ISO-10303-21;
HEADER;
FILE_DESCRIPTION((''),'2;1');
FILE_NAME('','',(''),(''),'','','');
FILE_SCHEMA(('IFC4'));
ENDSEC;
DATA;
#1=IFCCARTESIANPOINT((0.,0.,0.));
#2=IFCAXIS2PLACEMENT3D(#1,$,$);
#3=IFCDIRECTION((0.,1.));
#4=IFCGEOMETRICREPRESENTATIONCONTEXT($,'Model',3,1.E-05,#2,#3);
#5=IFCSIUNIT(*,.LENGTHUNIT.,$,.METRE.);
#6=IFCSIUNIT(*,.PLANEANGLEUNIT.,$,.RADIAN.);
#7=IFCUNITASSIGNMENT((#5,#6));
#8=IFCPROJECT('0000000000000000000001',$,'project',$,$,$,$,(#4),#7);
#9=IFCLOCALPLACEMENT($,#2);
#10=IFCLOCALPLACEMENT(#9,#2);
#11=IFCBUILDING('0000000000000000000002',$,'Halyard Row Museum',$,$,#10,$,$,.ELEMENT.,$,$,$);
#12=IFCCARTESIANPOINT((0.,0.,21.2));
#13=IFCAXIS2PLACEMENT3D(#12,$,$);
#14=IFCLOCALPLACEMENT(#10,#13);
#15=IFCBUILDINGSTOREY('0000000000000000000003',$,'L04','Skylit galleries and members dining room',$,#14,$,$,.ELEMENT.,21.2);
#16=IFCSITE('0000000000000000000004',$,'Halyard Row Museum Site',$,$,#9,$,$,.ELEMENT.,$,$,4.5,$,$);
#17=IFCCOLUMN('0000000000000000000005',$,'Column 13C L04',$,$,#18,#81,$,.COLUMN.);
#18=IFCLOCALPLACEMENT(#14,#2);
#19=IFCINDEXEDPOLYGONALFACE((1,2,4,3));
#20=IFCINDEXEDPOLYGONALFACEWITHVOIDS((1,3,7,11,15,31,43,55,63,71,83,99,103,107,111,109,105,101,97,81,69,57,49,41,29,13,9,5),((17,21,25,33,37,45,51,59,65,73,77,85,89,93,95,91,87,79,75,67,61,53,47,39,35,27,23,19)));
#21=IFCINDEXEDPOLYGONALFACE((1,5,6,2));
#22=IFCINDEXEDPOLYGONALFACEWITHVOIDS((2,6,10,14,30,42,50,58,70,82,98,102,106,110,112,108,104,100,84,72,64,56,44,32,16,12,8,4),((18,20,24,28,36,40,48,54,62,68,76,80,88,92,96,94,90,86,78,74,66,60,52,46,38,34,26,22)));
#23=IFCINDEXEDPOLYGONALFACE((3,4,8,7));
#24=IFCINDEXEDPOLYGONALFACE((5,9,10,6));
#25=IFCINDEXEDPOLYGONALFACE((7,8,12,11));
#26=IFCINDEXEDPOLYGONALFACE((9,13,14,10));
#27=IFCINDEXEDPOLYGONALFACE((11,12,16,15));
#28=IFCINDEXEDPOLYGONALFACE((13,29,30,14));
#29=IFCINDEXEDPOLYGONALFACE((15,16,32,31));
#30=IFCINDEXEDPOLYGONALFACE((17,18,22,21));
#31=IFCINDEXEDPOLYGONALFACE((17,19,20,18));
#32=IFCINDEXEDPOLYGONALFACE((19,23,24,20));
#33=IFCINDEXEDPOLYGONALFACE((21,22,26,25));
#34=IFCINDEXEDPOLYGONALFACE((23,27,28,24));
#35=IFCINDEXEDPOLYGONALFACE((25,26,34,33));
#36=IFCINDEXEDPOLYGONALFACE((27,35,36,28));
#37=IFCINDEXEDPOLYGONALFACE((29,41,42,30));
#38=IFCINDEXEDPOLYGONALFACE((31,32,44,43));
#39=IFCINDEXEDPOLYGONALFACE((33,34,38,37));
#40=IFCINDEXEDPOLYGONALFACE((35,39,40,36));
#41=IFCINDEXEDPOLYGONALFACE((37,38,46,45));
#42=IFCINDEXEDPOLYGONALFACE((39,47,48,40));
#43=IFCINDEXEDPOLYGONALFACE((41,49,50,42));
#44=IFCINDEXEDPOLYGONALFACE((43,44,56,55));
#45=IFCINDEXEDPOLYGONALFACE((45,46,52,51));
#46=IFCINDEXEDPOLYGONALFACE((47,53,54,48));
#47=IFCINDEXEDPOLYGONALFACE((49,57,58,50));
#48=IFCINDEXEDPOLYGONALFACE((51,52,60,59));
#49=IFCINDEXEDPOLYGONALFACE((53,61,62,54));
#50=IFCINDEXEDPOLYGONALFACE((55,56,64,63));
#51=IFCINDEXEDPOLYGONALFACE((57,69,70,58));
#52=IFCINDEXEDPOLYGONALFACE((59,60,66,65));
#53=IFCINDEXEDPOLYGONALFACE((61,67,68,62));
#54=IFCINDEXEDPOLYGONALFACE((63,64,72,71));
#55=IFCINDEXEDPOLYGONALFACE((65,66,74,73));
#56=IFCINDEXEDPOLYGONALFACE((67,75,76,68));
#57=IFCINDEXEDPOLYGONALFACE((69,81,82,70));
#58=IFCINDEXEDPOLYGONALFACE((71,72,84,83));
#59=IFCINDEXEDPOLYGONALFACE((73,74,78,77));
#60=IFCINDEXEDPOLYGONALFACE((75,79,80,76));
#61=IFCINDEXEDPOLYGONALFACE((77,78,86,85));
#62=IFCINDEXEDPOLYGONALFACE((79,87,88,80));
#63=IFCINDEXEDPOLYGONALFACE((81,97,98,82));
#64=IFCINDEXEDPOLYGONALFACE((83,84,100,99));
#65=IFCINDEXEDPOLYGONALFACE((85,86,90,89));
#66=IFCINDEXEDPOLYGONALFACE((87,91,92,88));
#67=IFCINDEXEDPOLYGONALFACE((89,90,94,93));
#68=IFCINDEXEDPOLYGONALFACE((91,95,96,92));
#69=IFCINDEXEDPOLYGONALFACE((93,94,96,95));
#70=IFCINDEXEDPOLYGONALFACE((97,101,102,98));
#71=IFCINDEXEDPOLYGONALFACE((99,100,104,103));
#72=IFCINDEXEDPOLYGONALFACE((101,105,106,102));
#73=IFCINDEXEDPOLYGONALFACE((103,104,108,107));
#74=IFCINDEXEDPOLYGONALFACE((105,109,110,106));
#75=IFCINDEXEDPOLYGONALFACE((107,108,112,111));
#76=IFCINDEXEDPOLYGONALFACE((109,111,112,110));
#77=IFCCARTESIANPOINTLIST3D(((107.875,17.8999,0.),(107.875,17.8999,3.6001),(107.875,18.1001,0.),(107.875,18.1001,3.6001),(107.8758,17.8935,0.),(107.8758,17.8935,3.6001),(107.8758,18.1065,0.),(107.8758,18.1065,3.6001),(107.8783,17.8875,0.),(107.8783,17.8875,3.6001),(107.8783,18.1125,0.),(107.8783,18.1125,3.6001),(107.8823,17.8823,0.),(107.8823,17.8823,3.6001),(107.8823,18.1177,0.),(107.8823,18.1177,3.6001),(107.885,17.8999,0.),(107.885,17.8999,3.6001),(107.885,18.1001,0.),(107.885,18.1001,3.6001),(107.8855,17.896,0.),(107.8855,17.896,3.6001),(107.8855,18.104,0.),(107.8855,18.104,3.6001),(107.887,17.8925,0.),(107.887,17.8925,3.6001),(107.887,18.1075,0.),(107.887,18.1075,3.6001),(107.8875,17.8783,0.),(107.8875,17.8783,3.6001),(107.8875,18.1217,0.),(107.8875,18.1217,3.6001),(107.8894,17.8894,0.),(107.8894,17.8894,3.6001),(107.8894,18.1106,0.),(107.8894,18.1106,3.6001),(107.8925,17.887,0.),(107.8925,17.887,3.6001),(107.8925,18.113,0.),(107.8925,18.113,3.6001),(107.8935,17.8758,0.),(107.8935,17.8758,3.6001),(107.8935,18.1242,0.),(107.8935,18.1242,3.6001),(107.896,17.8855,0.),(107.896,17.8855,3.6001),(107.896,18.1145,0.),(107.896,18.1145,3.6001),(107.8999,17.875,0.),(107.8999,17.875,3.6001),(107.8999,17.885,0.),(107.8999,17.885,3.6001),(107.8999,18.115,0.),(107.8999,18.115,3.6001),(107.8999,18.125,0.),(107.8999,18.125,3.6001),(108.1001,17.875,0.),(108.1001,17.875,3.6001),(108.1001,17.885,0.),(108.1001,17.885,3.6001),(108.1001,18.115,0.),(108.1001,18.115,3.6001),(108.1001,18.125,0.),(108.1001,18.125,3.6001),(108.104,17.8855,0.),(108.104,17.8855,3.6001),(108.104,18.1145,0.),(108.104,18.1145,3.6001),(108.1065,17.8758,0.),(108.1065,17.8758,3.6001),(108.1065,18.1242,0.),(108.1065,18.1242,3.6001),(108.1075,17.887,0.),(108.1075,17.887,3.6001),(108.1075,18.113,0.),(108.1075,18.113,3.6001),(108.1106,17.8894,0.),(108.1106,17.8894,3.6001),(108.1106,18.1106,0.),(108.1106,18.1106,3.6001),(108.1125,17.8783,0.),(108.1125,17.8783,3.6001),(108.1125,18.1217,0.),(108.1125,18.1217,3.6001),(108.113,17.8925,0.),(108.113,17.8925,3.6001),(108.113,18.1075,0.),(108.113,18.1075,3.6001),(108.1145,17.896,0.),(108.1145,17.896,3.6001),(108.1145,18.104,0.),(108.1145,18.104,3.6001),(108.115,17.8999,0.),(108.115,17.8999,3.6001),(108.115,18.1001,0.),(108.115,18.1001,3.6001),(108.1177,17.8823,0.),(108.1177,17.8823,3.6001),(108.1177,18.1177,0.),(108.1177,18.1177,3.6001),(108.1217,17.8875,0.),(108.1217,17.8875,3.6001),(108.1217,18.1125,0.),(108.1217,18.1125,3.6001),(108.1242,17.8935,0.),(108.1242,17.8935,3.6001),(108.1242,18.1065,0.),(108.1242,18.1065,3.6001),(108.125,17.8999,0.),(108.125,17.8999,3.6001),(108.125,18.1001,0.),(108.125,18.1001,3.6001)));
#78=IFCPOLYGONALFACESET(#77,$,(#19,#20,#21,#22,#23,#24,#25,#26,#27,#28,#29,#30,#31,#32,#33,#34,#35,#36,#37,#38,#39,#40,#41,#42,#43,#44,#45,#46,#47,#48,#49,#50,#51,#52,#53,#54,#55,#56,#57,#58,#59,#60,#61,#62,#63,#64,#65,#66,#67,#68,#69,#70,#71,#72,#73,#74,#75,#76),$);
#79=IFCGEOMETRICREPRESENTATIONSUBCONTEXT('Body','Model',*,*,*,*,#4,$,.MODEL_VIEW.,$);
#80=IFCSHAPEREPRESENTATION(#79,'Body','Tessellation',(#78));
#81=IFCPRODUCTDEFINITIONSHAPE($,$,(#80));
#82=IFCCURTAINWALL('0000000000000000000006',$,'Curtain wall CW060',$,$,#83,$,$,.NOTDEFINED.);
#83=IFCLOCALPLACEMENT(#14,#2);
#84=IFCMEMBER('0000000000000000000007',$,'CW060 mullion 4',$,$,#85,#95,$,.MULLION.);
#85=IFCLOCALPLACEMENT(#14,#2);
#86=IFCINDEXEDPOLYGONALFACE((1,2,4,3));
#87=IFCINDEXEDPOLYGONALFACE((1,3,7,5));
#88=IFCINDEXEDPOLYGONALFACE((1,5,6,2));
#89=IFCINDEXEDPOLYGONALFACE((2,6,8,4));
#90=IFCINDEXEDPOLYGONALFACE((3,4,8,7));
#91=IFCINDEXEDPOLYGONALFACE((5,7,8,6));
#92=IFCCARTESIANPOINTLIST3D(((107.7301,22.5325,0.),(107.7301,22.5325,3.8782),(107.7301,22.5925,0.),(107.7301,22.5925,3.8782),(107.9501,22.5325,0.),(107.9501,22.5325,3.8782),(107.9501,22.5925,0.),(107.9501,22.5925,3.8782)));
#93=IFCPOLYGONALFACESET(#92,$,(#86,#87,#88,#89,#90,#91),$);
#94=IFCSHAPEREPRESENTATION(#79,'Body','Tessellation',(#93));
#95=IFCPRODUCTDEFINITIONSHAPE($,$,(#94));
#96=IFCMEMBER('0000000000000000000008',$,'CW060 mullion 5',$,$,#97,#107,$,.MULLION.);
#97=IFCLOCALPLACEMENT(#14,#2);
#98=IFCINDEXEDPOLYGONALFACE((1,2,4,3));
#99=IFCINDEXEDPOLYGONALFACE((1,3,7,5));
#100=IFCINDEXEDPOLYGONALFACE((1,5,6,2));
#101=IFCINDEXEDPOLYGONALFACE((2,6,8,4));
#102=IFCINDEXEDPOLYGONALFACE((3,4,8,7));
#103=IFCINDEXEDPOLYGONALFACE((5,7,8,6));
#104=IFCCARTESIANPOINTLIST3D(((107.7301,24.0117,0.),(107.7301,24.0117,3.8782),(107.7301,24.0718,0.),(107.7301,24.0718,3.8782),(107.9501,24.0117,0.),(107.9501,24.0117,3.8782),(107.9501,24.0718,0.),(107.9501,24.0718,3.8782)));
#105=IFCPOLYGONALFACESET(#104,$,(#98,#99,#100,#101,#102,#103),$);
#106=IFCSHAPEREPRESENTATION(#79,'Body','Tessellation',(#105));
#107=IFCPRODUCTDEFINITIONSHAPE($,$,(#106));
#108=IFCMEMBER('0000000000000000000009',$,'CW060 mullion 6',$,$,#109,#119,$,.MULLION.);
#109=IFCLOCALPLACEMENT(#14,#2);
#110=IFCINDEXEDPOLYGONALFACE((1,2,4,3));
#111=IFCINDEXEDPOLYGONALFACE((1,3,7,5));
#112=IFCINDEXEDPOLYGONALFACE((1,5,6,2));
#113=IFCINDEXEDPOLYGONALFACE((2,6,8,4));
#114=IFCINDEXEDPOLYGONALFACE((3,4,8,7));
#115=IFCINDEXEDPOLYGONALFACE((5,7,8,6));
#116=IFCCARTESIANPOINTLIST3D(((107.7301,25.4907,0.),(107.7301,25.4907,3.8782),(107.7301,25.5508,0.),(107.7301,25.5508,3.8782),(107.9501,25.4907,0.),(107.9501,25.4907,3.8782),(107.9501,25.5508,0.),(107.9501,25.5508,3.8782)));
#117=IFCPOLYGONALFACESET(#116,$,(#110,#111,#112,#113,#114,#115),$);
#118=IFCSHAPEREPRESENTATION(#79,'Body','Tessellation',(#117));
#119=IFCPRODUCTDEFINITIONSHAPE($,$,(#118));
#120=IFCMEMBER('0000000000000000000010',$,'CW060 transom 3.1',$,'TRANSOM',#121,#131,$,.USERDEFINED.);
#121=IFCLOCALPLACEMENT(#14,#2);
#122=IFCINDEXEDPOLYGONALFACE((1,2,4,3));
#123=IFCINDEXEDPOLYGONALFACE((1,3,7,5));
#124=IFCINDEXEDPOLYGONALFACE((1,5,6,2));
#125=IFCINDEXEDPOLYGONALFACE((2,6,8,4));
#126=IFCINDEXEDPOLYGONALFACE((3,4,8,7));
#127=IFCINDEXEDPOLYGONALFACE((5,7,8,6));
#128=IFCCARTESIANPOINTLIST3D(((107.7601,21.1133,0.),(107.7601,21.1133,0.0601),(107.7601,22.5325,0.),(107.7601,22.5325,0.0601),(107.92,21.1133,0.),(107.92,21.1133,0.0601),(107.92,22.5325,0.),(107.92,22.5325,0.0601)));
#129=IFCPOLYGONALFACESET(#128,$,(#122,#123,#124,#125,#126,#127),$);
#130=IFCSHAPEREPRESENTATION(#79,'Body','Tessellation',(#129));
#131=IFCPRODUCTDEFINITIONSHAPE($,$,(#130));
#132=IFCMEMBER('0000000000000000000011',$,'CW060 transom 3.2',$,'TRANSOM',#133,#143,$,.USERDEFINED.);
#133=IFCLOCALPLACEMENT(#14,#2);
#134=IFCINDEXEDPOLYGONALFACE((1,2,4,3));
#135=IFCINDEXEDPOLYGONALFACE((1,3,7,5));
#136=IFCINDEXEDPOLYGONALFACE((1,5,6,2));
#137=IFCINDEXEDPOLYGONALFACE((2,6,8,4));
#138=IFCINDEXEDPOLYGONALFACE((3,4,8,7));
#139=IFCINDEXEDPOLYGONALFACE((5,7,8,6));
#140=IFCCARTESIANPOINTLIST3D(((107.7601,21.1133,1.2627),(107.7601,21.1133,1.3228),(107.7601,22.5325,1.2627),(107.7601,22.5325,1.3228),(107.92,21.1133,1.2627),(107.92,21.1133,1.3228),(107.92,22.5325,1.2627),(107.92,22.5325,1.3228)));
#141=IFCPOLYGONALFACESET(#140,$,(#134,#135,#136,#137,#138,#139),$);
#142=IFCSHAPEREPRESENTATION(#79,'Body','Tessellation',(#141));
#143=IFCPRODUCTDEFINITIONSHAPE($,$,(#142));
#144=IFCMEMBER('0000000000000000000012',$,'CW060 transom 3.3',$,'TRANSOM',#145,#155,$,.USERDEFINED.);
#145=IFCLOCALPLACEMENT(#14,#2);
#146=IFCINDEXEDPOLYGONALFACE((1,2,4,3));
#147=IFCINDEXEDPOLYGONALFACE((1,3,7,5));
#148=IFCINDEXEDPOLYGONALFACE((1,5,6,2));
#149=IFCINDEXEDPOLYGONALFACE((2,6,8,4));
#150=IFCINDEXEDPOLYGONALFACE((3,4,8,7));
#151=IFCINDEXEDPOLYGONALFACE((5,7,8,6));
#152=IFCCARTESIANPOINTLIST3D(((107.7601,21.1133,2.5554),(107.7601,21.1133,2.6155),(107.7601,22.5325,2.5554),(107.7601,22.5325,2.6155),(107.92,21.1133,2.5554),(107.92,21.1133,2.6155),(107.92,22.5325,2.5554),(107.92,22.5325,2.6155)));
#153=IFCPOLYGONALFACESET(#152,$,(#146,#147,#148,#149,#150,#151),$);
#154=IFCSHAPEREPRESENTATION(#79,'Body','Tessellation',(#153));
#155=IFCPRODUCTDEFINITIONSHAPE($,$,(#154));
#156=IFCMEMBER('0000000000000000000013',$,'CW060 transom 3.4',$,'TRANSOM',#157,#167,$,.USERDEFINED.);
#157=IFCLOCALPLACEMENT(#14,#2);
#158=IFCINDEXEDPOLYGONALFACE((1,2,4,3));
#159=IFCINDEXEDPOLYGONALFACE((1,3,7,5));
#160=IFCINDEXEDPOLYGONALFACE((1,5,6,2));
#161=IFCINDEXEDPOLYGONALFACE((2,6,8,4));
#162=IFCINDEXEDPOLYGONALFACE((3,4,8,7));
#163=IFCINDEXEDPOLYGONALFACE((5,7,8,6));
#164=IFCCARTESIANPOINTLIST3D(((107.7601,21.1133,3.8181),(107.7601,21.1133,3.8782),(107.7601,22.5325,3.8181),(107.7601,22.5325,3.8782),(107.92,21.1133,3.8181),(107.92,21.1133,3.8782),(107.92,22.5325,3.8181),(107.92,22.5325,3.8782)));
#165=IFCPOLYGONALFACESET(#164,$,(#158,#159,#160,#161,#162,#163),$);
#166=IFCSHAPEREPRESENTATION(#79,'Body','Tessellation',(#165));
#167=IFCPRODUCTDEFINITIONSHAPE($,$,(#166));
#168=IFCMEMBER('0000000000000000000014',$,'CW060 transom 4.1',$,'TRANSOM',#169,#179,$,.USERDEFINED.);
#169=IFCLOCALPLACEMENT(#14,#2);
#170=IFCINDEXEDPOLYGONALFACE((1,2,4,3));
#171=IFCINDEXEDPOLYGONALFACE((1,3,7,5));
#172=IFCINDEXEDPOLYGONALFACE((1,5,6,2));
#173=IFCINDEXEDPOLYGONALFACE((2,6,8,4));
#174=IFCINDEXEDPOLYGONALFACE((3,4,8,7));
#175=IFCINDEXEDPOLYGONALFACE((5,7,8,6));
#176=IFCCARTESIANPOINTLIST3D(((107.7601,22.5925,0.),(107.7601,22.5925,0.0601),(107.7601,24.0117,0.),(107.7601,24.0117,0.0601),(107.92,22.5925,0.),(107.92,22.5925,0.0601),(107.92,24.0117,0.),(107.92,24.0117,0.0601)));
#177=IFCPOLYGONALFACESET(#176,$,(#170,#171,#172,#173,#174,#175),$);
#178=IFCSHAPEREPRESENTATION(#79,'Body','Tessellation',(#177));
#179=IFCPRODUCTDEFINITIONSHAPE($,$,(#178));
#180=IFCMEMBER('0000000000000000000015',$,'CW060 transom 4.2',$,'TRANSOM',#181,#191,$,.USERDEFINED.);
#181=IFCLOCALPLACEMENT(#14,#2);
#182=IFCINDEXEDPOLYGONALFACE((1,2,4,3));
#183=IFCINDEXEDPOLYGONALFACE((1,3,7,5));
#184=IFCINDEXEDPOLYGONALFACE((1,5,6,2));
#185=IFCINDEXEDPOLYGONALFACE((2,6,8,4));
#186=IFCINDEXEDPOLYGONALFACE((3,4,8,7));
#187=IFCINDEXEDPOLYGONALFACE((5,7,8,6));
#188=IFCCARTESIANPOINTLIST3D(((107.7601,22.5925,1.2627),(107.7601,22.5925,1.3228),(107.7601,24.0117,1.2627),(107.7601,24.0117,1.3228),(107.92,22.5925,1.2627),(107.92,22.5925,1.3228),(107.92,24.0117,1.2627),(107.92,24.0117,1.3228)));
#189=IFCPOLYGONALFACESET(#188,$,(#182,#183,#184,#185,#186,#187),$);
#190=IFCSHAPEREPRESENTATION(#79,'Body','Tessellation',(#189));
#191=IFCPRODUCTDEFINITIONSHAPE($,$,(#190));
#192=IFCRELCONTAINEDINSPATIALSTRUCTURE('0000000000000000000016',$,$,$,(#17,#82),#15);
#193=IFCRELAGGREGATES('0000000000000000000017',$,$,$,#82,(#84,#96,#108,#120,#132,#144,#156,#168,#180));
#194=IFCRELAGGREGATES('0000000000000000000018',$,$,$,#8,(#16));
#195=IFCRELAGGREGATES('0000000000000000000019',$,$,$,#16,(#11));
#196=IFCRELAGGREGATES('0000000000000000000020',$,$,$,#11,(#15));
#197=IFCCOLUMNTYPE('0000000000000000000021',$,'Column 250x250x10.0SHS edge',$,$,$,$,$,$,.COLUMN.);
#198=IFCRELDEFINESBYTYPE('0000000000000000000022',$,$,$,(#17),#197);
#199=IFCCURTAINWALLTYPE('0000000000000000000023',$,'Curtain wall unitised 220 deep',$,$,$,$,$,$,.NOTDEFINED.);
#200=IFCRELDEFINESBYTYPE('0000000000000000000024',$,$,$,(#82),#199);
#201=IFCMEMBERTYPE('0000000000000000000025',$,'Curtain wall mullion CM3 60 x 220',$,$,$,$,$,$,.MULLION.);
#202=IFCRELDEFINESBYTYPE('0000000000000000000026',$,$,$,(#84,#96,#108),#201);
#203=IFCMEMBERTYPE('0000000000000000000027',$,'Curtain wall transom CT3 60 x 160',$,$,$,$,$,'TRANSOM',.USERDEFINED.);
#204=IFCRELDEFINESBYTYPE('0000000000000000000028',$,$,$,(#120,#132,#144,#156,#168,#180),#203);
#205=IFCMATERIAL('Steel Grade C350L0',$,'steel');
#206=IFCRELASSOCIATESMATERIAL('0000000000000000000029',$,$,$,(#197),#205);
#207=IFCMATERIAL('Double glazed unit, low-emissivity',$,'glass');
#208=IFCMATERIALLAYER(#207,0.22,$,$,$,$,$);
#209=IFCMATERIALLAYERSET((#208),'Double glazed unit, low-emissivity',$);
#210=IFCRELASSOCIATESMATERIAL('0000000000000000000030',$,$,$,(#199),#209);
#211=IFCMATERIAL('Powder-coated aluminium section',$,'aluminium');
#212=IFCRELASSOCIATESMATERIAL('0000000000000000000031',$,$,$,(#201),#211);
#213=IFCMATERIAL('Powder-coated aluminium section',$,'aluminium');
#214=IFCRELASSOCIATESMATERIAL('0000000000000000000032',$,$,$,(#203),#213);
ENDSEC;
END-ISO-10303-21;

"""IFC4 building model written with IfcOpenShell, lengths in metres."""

from ifc_helpers import new_model, si_unit, direction, frame, origin, origin_2d, place, context, subcontext, project, spatial, rectangle, hollow_rectangle, extrude, material, layer, layer_set, material_profile, profile_set, type_object, element, aggregate, save


model = new_model("IFC4")

# Units and contexts
model_context = context("Model", 3, precision=1e-05, world=origin(), true_north=direction((0.0, 1.0)))
body_context = subcontext(model_context, "Body", "Model", "MODEL_VIEW")
ifc_project = project(units=[si_unit("LENGTHUNIT", "METRE"), si_unit("PLANEANGLEUNIT", "RADIAN")], contexts=[model_context])

# Site, building, storey
site_placement = place(None, origin())
site = spatial("IfcSite", under=ifc_project, at=site_placement, Name="Halyard Row Museum Site", CompositionType="ELEMENT", RefElevation=4.5)
building_placement = place(site_placement, origin())
building = spatial("IfcBuilding", under=site, at=building_placement, Name="Halyard Row Museum", CompositionType="ELEMENT")
storey_placement = place(building_placement, frame((0.0, 0.0, 21.2)))
storey = spatial("IfcBuildingStorey", under=building, at=storey_placement, Name="L04", Description="Skylit galleries and members dining room", CompositionType="ELEMENT", Elevation=21.2)

# Column
ifc_material_1 = material(Name="Steel Grade C350L0", Category="steel")
ifc_material_profile_1 = material_profile(ifc_material_1, hollow_rectangle(XDim=0.25, YDim=0.25, WallThickness=0.01, InnerFilletRadius=0.0149, OuterFilletRadius=0.0249, at=origin_2d()), Name="250x250x10.0SHS")
ifc_profile_set_1 = profile_set([ifc_material_profile_1], Name="Steel Grade C350L0")
column_type = type_object("IfcColumnType", Name="Column 250x250x10.0SHS edge", PredefinedType="COLUMN", material=ifc_profile_set_1)
column_placement = place(storey_placement, frame((108.0, 18.0, 0.0), z_axis=(0.0, 0.0, 1.0), x_axis=(1.0, 0.0, 0.0)))
element("IfcColumn", 1, at=column_placement, inside=storey, type_object=column_type, Name="Column 13C L04", PredefinedType="COLUMN", context=body_context, shape_type="SweptSolid", body=[
    extrude(hollow_rectangle(XDim=0.25, YDim=0.25, WallThickness=0.01, InnerFilletRadius=0.0149, OuterFilletRadius=0.0249, at=origin_2d()), origin(), (0.0, 0.0, 1.0), 3.6001),
])

# Curtain wall, members
ifc_material_2 = material(Name="Double glazed unit, low-emissivity", Category="glass")
ifc_layer_1 = layer(ifc_material_2, 0.22)
ifc_layer_set_1 = layer_set([ifc_layer_1], Name="Double glazed unit, low-emissivity")
curtain_wall_type = type_object("IfcCurtainWallType", Name="Curtain wall unitised 220 deep", PredefinedType="NOTDEFINED", material=ifc_layer_set_1)
curtain_wall_placement = place(storey_placement, origin())
curtain_wall = element("IfcCurtainWall", 2, at=curtain_wall_placement, inside=storey, type_object=curtain_wall_type, Name="Curtain wall CW060", PredefinedType="NOTDEFINED")
ifc_material_3 = material(Name="Powder-coated aluminium section", Category="aluminium")
ifc_material_profile_2 = material_profile(ifc_material_3, rectangle(XDim=0.22, YDim=0.0601, at=origin_2d()), Name="220x60 mullion")
ifc_profile_set_2 = profile_set([ifc_material_profile_2], Name="Powder-coated aluminium section")
member_type_1 = type_object("IfcMemberType", Name="Curtain wall mullion CM3 60 x 220", PredefinedType="MULLION", material=ifc_profile_set_2)
member_1_placement = place(storey_placement, frame((107.8401, 22.5625, 0.0), z_axis=(0.0, 0.0, 1.0), x_axis=(-1.0, 0.0, 0.0)))
member_1 = element("IfcMember", 3, at=member_1_placement, type_object=member_type_1, Name="CW060 mullion 4", PredefinedType="MULLION", context=body_context, shape_type="SweptSolid", body=[
    extrude(rectangle(XDim=0.22, YDim=0.0601, at=origin_2d()), origin(), (0.0, 0.0, 1.0), 3.8782),
])
member_2_placement = place(storey_placement, frame((107.8401, 24.0417, 0.0), z_axis=(0.0, 0.0, 1.0), x_axis=(-1.0, 0.0, 0.0)))
member_2 = element("IfcMember", 4, at=member_2_placement, type_object=member_type_1, Name="CW060 mullion 5", PredefinedType="MULLION", context=body_context, shape_type="SweptSolid", body=[
    extrude(rectangle(XDim=0.22, YDim=0.0601, at=origin_2d()), origin(), (0.0, 0.0, 1.0), 3.8782),
])
member_3_placement = place(storey_placement, frame((107.8401, 25.5208, 0.0), z_axis=(0.0, 0.0, 1.0), x_axis=(-1.0, 0.0, 0.0)))
member_3 = element("IfcMember", 5, at=member_3_placement, type_object=member_type_1, Name="CW060 mullion 6", PredefinedType="MULLION", context=body_context, shape_type="SweptSolid", body=[
    extrude(rectangle(XDim=0.22, YDim=0.0601, at=origin_2d()), origin(), (0.0, 0.0, 1.0), 3.8782),
])
ifc_material_4 = material(Name="Powder-coated aluminium section", Category="aluminium")
ifc_material_profile_3 = material_profile(ifc_material_4, rectangle(XDim=0.1599, YDim=0.0601, at=origin_2d()), Name="160x60 transom")
ifc_profile_set_3 = profile_set([ifc_material_profile_3], Name="Powder-coated aluminium section")
member_type_2 = type_object("IfcMemberType", Name="Curtain wall transom CT3 60 x 160", ElementType="TRANSOM", PredefinedType="USERDEFINED", material=ifc_profile_set_3)
member_4_placement = place(storey_placement, frame((107.8401, 21.1133, 0.03), z_axis=(0.0, 1.0, 0.0), x_axis=(-1.0, 0.0, 0.0)))
member_4 = element("IfcMember", 6, at=member_4_placement, type_object=member_type_2, Name="CW060 transom 3.1", ObjectType="TRANSOM", PredefinedType="USERDEFINED", context=body_context, shape_type="SweptSolid", body=[
    extrude(rectangle(XDim=0.1599, YDim=0.0601, at=origin_2d()), origin(), (0.0, 0.0, 1.0), 1.4192),
])
member_5_placement = place(storey_placement, frame((107.8401, 21.1133, 1.2927), z_axis=(0.0, 1.0, 0.0), x_axis=(-1.0, 0.0, 0.0)))
member_5 = element("IfcMember", 7, at=member_5_placement, type_object=member_type_2, Name="CW060 transom 3.2", ObjectType="TRANSOM", PredefinedType="USERDEFINED", context=body_context, shape_type="SweptSolid", body=[
    extrude(rectangle(XDim=0.1599, YDim=0.0601, at=origin_2d()), origin(), (0.0, 0.0, 1.0), 1.4192),
])
member_6_placement = place(storey_placement, frame((107.8401, 21.1133, 2.5854), z_axis=(0.0, 1.0, 0.0), x_axis=(-1.0, 0.0, 0.0)))
member_6 = element("IfcMember", 8, at=member_6_placement, type_object=member_type_2, Name="CW060 transom 3.3", ObjectType="TRANSOM", PredefinedType="USERDEFINED", context=body_context, shape_type="SweptSolid", body=[
    extrude(rectangle(XDim=0.1599, YDim=0.0601, at=origin_2d()), origin(), (0.0, 0.0, 1.0), 1.4192),
])
member_7_placement = place(storey_placement, frame((107.8401, 21.1133, 3.8481), z_axis=(0.0, 1.0, 0.0), x_axis=(-1.0, 0.0, 0.0)))
member_7 = element("IfcMember", 9, at=member_7_placement, type_object=member_type_2, Name="CW060 transom 3.4", ObjectType="TRANSOM", PredefinedType="USERDEFINED", context=body_context, shape_type="SweptSolid", body=[
    extrude(rectangle(XDim=0.1599, YDim=0.0601, at=origin_2d()), origin(), (0.0, 0.0, 1.0), 1.4192),
])
member_8_placement = place(storey_placement, frame((107.8401, 22.5925, 0.03), z_axis=(0.0, 1.0, 0.0), x_axis=(-1.0, 0.0, 0.0)))
member_8 = element("IfcMember", 10, at=member_8_placement, type_object=member_type_2, Name="CW060 transom 4.1", ObjectType="TRANSOM", PredefinedType="USERDEFINED", context=body_context, shape_type="SweptSolid", body=[
    extrude(rectangle(XDim=0.1599, YDim=0.0601, at=origin_2d()), origin(), (0.0, 0.0, 1.0), 1.4192),
])
member_9_placement = place(storey_placement, frame((107.8401, 22.5925, 1.2927), z_axis=(0.0, 1.0, 0.0), x_axis=(-1.0, 0.0, 0.0)))
member_9 = element("IfcMember", 11, at=member_9_placement, type_object=member_type_2, Name="CW060 transom 4.2", ObjectType="TRANSOM", PredefinedType="USERDEFINED", context=body_context, shape_type="SweptSolid", body=[
    extrude(rectangle(XDim=0.1599, YDim=0.0601, at=origin_2d()), origin(), (0.0, 0.0, 1.0), 1.4192),
])

aggregate(curtain_wall, [member_1, member_2, member_3, member_4, member_5, member_6, member_7, member_8, member_9])

save(model, "model.ifc")
